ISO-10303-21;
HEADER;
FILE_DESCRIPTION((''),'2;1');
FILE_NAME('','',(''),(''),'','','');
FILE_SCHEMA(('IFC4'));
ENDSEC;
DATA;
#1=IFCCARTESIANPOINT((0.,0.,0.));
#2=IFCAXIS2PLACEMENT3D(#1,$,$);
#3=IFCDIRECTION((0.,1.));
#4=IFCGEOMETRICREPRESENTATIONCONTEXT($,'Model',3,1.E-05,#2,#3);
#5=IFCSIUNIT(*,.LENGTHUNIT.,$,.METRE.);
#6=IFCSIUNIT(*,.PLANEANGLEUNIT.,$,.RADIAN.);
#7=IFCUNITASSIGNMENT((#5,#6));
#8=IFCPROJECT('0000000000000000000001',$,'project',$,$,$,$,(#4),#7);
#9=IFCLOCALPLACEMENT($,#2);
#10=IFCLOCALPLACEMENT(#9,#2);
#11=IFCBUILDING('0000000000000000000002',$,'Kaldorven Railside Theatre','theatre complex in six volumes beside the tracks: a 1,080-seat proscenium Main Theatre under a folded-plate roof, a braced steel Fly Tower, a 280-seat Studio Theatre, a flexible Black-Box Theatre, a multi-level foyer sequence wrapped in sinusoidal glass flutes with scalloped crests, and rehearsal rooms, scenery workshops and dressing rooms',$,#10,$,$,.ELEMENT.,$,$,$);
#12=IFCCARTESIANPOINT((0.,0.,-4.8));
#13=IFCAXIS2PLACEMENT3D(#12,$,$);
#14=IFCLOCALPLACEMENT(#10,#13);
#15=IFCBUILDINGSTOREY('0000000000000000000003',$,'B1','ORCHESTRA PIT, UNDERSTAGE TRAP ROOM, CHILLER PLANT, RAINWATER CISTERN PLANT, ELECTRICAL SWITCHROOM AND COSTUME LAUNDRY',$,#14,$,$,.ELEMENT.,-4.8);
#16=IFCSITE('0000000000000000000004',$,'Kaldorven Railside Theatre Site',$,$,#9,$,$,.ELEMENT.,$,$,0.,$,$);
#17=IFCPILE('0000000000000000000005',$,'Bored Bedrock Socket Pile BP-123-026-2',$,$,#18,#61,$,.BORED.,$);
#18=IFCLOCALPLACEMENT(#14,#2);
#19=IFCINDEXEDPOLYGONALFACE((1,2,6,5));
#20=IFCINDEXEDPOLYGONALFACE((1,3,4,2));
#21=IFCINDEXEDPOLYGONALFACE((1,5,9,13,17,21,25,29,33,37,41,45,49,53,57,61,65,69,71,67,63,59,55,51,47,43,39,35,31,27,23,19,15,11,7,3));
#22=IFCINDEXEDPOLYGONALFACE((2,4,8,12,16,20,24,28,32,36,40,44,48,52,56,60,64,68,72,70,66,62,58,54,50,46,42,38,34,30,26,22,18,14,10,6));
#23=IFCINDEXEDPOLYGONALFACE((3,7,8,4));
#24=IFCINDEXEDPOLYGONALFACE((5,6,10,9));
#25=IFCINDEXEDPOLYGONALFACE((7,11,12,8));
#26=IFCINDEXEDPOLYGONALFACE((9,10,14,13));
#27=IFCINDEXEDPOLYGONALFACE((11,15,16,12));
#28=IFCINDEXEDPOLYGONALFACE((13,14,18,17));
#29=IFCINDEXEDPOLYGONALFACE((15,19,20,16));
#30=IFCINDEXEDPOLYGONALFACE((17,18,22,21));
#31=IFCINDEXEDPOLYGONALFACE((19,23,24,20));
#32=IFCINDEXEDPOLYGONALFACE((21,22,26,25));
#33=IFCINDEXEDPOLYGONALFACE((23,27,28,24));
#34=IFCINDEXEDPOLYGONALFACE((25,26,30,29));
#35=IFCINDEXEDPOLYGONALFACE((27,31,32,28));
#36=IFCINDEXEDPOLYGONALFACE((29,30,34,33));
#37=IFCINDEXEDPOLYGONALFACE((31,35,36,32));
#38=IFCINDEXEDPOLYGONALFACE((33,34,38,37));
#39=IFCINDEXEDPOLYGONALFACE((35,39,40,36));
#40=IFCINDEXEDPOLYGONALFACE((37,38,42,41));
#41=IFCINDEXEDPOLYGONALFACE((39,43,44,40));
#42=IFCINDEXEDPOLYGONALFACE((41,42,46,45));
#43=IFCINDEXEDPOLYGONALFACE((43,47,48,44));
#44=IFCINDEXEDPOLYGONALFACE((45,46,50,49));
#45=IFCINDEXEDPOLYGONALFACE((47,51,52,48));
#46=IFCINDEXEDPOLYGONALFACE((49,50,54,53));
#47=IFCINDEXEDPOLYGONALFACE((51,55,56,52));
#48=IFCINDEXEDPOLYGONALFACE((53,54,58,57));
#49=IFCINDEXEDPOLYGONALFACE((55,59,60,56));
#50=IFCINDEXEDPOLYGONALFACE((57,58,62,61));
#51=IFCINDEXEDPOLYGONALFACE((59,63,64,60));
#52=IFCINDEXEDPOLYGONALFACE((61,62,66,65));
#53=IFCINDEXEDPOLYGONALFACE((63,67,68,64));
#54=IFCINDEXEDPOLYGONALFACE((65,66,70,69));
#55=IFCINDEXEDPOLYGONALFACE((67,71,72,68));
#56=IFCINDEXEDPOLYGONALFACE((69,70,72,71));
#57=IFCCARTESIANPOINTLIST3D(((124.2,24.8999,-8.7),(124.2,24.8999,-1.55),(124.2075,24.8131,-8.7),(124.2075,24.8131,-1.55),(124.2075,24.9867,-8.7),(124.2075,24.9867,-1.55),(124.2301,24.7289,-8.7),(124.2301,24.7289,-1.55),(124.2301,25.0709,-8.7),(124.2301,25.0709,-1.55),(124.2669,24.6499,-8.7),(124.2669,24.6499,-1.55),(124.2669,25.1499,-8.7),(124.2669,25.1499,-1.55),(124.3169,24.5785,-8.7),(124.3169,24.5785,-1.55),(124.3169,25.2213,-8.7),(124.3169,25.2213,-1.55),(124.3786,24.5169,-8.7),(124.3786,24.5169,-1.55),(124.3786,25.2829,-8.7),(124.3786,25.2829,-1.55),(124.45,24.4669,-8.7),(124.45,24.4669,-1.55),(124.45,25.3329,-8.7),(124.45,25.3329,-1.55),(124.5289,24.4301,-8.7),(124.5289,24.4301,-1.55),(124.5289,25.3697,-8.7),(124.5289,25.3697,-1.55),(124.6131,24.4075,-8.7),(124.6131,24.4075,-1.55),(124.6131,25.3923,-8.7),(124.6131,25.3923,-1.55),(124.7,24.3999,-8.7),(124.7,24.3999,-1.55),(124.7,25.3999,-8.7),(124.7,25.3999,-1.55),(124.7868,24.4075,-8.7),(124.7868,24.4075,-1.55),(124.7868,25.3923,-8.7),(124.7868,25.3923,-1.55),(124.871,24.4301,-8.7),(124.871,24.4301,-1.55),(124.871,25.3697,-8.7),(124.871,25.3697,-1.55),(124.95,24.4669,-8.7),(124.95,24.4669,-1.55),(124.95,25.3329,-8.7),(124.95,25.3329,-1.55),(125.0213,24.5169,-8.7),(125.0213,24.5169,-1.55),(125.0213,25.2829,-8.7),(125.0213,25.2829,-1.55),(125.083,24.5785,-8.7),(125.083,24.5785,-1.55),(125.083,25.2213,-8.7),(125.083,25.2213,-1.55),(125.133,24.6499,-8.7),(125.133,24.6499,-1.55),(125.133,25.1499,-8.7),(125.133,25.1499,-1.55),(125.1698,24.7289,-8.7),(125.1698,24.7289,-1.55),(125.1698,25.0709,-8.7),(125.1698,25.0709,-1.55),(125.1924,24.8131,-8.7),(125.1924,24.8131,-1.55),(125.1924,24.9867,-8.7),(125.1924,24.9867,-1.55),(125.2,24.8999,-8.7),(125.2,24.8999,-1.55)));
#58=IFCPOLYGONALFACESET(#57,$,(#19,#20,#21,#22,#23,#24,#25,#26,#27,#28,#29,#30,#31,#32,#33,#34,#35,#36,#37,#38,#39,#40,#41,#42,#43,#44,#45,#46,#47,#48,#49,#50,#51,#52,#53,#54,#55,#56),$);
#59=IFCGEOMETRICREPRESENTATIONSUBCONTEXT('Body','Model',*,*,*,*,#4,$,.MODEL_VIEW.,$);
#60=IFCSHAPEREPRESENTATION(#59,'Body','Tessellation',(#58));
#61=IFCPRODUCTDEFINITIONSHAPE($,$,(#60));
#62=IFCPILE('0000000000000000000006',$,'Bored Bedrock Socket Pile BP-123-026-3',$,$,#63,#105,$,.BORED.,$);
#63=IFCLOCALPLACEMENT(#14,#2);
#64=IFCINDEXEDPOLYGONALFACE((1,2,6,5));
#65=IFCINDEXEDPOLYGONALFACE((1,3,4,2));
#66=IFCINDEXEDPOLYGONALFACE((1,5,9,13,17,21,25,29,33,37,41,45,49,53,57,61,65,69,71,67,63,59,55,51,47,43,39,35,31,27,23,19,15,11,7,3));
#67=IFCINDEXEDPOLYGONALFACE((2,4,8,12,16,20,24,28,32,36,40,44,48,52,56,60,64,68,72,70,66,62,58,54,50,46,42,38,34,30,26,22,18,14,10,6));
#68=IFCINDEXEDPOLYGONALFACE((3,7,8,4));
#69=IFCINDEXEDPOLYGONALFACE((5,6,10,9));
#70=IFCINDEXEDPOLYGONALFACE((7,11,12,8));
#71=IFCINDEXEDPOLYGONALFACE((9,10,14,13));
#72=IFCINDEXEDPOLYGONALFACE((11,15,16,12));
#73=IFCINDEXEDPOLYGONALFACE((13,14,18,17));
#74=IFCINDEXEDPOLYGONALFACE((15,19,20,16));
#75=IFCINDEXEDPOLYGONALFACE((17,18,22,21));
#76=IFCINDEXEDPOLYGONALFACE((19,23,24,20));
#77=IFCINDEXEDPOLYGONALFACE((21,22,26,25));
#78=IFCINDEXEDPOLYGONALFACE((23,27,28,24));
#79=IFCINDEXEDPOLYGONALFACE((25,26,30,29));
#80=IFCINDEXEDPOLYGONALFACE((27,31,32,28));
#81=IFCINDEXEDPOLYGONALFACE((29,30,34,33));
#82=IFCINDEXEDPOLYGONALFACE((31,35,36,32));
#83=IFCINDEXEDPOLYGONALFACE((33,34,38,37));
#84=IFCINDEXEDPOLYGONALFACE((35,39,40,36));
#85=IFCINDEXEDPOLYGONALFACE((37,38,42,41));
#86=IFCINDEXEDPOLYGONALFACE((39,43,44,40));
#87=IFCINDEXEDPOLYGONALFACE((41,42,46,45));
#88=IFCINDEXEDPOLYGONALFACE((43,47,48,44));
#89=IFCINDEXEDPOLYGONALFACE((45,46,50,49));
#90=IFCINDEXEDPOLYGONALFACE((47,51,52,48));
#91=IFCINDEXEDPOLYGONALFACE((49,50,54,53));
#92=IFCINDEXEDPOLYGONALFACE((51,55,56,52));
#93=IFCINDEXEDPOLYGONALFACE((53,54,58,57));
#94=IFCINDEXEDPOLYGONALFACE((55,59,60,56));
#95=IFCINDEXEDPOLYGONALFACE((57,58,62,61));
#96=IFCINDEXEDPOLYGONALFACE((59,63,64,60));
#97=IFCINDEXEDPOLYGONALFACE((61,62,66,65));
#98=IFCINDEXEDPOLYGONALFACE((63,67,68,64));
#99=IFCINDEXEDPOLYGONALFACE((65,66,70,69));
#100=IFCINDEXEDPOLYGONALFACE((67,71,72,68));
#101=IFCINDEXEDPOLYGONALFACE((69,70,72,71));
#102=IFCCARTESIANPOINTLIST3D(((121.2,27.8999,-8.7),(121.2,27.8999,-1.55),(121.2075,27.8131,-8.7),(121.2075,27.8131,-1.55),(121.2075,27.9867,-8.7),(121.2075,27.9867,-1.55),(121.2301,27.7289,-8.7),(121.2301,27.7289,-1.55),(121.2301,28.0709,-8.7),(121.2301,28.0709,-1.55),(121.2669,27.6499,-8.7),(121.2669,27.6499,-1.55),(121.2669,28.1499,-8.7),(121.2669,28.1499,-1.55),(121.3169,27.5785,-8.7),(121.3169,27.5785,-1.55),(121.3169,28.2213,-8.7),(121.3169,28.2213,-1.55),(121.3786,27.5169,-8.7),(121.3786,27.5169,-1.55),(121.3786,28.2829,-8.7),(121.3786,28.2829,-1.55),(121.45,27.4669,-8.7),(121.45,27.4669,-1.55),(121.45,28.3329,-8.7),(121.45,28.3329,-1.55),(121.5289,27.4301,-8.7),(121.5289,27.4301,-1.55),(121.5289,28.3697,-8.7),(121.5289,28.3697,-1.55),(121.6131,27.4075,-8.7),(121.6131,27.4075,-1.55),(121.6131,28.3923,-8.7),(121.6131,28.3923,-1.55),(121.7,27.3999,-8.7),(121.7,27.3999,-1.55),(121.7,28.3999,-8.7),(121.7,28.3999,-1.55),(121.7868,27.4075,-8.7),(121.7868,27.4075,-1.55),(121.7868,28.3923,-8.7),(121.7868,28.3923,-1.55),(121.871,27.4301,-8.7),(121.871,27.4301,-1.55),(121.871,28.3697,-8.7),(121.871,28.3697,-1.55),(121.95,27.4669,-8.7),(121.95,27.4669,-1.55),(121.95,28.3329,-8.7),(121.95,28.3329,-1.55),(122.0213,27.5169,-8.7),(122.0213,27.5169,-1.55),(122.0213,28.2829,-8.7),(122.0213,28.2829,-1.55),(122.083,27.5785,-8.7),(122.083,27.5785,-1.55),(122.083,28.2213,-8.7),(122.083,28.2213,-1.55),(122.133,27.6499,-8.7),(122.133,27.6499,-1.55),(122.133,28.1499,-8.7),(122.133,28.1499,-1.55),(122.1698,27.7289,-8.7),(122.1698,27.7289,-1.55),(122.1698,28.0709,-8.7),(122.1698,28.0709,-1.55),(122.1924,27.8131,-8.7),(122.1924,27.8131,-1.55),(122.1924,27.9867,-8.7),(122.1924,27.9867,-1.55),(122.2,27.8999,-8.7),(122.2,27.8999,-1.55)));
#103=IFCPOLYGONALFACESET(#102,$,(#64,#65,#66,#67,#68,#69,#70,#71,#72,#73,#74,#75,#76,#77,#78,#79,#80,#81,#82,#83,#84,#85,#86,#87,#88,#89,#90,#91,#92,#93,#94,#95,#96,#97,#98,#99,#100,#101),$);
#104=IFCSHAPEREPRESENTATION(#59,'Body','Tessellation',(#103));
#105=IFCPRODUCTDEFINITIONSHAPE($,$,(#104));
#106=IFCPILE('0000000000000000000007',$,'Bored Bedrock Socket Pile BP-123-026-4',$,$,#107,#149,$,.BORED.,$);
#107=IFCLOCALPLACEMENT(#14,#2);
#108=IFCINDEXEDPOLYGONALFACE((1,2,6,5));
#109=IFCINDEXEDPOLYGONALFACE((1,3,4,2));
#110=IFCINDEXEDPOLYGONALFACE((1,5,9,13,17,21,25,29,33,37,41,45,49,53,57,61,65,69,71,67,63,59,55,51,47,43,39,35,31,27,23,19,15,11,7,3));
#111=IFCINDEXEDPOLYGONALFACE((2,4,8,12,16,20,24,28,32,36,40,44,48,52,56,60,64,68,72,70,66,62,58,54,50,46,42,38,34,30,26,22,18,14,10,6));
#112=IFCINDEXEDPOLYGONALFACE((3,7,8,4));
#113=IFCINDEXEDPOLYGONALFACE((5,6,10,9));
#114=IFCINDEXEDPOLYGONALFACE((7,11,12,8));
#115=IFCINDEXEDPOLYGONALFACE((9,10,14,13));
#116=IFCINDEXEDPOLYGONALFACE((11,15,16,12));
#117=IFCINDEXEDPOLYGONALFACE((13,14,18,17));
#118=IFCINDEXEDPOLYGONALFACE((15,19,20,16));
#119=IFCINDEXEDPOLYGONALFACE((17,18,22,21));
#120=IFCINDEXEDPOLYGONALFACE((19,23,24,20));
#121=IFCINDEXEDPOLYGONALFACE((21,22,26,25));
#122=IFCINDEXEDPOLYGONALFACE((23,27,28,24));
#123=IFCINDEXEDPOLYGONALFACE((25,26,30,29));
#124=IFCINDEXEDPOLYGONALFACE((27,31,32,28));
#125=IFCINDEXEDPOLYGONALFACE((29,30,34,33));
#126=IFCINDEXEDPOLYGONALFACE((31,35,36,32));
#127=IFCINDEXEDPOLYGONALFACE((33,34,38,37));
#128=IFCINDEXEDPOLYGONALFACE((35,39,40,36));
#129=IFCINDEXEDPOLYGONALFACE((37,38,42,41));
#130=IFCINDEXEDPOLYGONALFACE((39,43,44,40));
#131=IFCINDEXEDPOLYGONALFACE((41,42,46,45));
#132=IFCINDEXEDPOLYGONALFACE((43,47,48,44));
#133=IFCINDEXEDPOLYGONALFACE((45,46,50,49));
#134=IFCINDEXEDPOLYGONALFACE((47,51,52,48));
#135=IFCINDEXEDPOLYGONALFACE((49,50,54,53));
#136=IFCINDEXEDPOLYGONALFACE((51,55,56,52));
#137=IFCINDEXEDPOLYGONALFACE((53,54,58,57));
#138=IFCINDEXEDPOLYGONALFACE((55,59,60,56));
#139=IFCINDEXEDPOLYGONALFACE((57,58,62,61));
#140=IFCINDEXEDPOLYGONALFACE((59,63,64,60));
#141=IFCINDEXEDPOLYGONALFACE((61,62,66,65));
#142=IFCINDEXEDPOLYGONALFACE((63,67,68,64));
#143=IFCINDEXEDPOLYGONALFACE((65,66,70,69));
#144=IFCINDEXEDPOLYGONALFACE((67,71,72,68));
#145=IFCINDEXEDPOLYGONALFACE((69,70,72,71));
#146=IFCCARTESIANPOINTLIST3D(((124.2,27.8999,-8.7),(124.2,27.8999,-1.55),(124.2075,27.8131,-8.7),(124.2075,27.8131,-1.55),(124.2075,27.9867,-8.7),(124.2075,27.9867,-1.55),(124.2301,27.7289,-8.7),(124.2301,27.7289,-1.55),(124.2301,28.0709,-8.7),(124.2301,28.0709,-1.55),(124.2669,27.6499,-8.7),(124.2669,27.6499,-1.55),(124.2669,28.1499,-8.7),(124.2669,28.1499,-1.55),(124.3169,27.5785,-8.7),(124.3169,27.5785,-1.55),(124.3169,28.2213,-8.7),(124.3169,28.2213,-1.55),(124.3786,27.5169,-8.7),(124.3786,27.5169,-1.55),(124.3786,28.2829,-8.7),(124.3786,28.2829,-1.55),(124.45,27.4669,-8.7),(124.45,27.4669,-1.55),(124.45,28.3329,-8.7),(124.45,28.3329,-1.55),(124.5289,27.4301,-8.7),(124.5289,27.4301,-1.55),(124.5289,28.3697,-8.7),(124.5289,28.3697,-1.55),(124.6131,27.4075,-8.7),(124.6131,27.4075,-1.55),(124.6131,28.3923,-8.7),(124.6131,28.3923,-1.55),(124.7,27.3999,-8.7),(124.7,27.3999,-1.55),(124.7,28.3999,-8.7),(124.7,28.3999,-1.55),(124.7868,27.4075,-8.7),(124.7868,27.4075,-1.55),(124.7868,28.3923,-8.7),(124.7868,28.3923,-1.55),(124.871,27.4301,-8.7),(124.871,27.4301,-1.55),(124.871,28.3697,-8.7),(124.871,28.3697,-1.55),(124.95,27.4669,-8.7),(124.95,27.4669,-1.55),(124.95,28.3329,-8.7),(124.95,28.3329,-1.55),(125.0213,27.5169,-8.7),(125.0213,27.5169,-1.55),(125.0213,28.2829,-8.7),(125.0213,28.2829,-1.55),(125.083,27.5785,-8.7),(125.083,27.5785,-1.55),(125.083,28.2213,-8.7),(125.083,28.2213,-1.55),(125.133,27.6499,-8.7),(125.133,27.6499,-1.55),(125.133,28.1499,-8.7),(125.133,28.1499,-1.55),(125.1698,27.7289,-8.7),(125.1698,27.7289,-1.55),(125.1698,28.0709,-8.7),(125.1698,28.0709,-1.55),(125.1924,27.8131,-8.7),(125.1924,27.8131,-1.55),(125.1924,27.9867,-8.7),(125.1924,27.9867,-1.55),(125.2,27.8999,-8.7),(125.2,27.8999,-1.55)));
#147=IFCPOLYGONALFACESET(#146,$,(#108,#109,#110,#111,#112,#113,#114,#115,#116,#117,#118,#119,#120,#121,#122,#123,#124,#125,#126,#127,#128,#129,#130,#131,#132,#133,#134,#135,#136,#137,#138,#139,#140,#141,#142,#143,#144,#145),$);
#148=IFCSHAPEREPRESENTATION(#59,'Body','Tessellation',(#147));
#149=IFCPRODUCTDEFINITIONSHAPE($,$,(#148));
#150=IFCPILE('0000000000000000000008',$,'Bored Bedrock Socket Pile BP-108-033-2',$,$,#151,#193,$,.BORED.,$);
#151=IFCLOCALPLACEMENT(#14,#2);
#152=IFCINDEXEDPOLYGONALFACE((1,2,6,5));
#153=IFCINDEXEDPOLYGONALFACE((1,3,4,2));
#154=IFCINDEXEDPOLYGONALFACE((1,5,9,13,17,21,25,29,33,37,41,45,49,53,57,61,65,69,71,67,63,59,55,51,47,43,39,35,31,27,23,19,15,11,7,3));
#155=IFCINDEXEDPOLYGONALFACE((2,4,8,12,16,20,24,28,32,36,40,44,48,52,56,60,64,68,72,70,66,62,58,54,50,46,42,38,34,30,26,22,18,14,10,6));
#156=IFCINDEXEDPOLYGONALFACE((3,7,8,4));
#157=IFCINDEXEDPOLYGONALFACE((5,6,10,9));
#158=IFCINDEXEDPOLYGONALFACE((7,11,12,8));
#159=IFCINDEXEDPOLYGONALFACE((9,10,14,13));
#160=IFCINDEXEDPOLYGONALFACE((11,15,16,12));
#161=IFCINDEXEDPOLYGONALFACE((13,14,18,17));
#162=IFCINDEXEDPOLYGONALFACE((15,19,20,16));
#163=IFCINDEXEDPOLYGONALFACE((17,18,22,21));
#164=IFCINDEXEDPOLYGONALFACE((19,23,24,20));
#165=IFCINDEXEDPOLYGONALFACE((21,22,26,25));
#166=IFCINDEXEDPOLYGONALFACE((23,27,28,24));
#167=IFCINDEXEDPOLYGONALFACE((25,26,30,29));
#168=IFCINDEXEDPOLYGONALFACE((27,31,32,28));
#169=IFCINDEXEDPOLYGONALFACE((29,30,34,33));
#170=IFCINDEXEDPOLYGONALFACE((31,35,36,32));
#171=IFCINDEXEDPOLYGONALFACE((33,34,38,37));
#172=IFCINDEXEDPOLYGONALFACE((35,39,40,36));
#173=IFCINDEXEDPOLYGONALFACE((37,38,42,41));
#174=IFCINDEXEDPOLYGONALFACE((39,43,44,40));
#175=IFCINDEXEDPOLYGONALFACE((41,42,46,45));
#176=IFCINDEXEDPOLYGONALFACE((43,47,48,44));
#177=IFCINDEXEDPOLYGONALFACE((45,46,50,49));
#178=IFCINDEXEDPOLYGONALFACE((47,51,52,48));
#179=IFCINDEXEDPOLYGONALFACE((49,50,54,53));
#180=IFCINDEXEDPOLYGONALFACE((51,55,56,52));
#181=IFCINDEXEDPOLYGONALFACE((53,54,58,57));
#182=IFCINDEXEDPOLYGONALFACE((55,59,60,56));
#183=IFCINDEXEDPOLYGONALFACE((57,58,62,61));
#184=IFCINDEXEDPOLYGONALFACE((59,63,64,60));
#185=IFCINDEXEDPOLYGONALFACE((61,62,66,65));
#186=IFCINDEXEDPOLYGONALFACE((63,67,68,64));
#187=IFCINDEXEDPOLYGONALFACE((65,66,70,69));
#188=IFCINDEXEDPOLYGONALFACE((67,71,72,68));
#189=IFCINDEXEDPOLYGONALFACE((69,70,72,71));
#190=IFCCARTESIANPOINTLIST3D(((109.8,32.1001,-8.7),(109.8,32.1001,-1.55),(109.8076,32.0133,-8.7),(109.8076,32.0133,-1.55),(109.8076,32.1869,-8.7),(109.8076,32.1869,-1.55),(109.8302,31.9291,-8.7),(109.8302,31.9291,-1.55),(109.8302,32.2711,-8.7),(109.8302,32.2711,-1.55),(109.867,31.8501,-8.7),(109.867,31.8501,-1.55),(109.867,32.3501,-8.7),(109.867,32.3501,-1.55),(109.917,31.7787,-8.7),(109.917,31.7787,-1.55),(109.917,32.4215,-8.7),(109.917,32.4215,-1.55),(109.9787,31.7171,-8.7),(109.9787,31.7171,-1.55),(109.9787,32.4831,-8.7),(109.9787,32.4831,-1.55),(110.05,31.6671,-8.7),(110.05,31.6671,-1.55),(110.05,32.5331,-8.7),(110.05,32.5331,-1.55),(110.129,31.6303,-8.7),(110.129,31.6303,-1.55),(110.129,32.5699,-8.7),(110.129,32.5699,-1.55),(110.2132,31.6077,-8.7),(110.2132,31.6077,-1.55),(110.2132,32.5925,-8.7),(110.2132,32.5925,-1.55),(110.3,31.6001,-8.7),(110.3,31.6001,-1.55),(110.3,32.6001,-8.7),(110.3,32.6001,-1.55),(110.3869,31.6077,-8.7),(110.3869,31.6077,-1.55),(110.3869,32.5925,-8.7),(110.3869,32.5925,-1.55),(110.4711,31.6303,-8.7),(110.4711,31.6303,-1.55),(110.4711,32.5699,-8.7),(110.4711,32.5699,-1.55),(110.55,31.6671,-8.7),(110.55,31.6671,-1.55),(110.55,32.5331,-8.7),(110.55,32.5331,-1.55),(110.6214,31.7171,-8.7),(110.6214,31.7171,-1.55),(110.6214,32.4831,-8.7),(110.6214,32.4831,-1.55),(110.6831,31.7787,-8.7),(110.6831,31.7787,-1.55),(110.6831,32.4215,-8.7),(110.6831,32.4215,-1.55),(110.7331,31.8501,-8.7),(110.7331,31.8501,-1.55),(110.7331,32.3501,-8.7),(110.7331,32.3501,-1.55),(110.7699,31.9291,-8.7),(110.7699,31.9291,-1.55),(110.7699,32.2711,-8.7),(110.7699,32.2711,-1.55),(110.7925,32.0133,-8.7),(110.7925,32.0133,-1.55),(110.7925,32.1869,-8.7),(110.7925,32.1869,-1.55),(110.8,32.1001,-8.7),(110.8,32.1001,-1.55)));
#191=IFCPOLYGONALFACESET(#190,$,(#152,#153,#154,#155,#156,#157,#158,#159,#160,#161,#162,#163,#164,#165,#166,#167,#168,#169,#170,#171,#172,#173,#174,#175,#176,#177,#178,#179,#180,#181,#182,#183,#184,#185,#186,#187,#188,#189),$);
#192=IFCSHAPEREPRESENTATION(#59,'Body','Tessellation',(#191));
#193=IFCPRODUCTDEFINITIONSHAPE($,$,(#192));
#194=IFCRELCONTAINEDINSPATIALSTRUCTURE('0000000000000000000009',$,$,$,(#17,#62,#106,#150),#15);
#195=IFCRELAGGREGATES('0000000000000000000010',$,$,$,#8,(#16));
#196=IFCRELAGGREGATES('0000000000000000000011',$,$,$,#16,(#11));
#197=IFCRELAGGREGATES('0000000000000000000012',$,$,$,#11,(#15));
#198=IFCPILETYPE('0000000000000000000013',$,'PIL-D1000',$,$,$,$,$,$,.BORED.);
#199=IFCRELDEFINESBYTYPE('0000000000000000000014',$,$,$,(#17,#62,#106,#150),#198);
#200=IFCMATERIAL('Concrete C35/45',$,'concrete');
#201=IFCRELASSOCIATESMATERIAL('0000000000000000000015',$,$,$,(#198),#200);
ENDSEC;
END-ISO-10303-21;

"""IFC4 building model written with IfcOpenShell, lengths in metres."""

from ifc_helpers import new_model, si_unit, direction, frame, origin, origin_2d, place, context, subcontext, project, spatial, circle, extrude, material, material_profile, profile_set, type_object, element, save


model = new_model("IFC4")

# Units and contexts
model_context = context("Model", 3, precision=1e-05, world=origin(), true_north=direction((0.0, 1.0)))
body_context = subcontext(model_context, "Body", "Model", "MODEL_VIEW")
ifc_project = project(units=[si_unit("LENGTHUNIT", "METRE"), si_unit("PLANEANGLEUNIT", "RADIAN")], contexts=[model_context])

# Site, building, storey
site_placement = place(None, origin())
site = spatial("IfcSite", under=ifc_project, at=site_placement, Name="Kaldorven Railside Theatre Site", CompositionType="ELEMENT", RefElevation=0.0)
building_placement = place(site_placement, origin())
building = spatial("IfcBuilding", under=site, at=building_placement, Name="Kaldorven Railside Theatre", Description="theatre complex in six volumes beside the tracks: a 1,080-seat proscenium Main Theatre under a folded-plate roof, a braced steel Fly Tower, a 280-seat Studio Theatre, a flexible Black-Box Theatre, a multi-level foyer sequence wrapped in sinusoidal glass flutes with scalloped crests, and rehearsal rooms, scenery workshops and dressing rooms", CompositionType="ELEMENT")
storey_placement = place(building_placement, frame((0.0, 0.0, -4.8)))
storey = spatial("IfcBuildingStorey", under=building, at=storey_placement, Name="B1", Description="ORCHESTRA PIT, UNDERSTAGE TRAP ROOM, CHILLER PLANT, RAINWATER CISTERN PLANT, ELECTRICAL SWITCHROOM AND COSTUME LAUNDRY", CompositionType="ELEMENT", Elevation=-4.8)

# Piles
ifc_material_1 = material(Name="Concrete C35/45", Category="concrete")
ifc_material_profile_1 = material_profile(ifc_material_1, circle(Radius=0.5, at=origin_2d()), Name="BP D1000")
ifc_profile_set_1 = profile_set([ifc_material_profile_1], Name="Concrete C35/45")
pile_type_1 = type_object("IfcPileType", Name="PIL-D1000", PredefinedType="BORED", material=ifc_profile_set_1)
for number, where, z_axis, x_axis, name in (
    (1, (124.7, 24.8999, -1.55), (0.0, 0.0, -1.0), (1.0, 0.0, 0.0), "Bored Bedrock Socket Pile BP-123-026-2"),
    (2, (121.7, 27.8999, -1.55), (0.0, 0.0, -1.0), (1.0, 0.0, 0.0), "Bored Bedrock Socket Pile BP-123-026-3"),
    (3, (124.7, 27.8999, -1.55), (0.0, 0.0, -1.0), (1.0, 0.0, 0.0), "Bored Bedrock Socket Pile BP-123-026-4"),
    (4, (110.3, 32.1001, -1.55), (0.0, 0.0, -1.0), (1.0, 0.0, 0.0), "Bored Bedrock Socket Pile BP-108-033-2"),
):
    element("IfcPile", number, at=place(storey_placement, frame(where, z_axis=z_axis, x_axis=x_axis)), inside=storey, type_object=pile_type_1, Name=name, PredefinedType="BORED", context=body_context, shape_type="SweptSolid", body=[
        extrude(circle(Radius=0.5, at=origin_2d()), origin(), (0.0, 0.0, 1.0), 7.1499),
    ])

save(model, "model.ifc")
